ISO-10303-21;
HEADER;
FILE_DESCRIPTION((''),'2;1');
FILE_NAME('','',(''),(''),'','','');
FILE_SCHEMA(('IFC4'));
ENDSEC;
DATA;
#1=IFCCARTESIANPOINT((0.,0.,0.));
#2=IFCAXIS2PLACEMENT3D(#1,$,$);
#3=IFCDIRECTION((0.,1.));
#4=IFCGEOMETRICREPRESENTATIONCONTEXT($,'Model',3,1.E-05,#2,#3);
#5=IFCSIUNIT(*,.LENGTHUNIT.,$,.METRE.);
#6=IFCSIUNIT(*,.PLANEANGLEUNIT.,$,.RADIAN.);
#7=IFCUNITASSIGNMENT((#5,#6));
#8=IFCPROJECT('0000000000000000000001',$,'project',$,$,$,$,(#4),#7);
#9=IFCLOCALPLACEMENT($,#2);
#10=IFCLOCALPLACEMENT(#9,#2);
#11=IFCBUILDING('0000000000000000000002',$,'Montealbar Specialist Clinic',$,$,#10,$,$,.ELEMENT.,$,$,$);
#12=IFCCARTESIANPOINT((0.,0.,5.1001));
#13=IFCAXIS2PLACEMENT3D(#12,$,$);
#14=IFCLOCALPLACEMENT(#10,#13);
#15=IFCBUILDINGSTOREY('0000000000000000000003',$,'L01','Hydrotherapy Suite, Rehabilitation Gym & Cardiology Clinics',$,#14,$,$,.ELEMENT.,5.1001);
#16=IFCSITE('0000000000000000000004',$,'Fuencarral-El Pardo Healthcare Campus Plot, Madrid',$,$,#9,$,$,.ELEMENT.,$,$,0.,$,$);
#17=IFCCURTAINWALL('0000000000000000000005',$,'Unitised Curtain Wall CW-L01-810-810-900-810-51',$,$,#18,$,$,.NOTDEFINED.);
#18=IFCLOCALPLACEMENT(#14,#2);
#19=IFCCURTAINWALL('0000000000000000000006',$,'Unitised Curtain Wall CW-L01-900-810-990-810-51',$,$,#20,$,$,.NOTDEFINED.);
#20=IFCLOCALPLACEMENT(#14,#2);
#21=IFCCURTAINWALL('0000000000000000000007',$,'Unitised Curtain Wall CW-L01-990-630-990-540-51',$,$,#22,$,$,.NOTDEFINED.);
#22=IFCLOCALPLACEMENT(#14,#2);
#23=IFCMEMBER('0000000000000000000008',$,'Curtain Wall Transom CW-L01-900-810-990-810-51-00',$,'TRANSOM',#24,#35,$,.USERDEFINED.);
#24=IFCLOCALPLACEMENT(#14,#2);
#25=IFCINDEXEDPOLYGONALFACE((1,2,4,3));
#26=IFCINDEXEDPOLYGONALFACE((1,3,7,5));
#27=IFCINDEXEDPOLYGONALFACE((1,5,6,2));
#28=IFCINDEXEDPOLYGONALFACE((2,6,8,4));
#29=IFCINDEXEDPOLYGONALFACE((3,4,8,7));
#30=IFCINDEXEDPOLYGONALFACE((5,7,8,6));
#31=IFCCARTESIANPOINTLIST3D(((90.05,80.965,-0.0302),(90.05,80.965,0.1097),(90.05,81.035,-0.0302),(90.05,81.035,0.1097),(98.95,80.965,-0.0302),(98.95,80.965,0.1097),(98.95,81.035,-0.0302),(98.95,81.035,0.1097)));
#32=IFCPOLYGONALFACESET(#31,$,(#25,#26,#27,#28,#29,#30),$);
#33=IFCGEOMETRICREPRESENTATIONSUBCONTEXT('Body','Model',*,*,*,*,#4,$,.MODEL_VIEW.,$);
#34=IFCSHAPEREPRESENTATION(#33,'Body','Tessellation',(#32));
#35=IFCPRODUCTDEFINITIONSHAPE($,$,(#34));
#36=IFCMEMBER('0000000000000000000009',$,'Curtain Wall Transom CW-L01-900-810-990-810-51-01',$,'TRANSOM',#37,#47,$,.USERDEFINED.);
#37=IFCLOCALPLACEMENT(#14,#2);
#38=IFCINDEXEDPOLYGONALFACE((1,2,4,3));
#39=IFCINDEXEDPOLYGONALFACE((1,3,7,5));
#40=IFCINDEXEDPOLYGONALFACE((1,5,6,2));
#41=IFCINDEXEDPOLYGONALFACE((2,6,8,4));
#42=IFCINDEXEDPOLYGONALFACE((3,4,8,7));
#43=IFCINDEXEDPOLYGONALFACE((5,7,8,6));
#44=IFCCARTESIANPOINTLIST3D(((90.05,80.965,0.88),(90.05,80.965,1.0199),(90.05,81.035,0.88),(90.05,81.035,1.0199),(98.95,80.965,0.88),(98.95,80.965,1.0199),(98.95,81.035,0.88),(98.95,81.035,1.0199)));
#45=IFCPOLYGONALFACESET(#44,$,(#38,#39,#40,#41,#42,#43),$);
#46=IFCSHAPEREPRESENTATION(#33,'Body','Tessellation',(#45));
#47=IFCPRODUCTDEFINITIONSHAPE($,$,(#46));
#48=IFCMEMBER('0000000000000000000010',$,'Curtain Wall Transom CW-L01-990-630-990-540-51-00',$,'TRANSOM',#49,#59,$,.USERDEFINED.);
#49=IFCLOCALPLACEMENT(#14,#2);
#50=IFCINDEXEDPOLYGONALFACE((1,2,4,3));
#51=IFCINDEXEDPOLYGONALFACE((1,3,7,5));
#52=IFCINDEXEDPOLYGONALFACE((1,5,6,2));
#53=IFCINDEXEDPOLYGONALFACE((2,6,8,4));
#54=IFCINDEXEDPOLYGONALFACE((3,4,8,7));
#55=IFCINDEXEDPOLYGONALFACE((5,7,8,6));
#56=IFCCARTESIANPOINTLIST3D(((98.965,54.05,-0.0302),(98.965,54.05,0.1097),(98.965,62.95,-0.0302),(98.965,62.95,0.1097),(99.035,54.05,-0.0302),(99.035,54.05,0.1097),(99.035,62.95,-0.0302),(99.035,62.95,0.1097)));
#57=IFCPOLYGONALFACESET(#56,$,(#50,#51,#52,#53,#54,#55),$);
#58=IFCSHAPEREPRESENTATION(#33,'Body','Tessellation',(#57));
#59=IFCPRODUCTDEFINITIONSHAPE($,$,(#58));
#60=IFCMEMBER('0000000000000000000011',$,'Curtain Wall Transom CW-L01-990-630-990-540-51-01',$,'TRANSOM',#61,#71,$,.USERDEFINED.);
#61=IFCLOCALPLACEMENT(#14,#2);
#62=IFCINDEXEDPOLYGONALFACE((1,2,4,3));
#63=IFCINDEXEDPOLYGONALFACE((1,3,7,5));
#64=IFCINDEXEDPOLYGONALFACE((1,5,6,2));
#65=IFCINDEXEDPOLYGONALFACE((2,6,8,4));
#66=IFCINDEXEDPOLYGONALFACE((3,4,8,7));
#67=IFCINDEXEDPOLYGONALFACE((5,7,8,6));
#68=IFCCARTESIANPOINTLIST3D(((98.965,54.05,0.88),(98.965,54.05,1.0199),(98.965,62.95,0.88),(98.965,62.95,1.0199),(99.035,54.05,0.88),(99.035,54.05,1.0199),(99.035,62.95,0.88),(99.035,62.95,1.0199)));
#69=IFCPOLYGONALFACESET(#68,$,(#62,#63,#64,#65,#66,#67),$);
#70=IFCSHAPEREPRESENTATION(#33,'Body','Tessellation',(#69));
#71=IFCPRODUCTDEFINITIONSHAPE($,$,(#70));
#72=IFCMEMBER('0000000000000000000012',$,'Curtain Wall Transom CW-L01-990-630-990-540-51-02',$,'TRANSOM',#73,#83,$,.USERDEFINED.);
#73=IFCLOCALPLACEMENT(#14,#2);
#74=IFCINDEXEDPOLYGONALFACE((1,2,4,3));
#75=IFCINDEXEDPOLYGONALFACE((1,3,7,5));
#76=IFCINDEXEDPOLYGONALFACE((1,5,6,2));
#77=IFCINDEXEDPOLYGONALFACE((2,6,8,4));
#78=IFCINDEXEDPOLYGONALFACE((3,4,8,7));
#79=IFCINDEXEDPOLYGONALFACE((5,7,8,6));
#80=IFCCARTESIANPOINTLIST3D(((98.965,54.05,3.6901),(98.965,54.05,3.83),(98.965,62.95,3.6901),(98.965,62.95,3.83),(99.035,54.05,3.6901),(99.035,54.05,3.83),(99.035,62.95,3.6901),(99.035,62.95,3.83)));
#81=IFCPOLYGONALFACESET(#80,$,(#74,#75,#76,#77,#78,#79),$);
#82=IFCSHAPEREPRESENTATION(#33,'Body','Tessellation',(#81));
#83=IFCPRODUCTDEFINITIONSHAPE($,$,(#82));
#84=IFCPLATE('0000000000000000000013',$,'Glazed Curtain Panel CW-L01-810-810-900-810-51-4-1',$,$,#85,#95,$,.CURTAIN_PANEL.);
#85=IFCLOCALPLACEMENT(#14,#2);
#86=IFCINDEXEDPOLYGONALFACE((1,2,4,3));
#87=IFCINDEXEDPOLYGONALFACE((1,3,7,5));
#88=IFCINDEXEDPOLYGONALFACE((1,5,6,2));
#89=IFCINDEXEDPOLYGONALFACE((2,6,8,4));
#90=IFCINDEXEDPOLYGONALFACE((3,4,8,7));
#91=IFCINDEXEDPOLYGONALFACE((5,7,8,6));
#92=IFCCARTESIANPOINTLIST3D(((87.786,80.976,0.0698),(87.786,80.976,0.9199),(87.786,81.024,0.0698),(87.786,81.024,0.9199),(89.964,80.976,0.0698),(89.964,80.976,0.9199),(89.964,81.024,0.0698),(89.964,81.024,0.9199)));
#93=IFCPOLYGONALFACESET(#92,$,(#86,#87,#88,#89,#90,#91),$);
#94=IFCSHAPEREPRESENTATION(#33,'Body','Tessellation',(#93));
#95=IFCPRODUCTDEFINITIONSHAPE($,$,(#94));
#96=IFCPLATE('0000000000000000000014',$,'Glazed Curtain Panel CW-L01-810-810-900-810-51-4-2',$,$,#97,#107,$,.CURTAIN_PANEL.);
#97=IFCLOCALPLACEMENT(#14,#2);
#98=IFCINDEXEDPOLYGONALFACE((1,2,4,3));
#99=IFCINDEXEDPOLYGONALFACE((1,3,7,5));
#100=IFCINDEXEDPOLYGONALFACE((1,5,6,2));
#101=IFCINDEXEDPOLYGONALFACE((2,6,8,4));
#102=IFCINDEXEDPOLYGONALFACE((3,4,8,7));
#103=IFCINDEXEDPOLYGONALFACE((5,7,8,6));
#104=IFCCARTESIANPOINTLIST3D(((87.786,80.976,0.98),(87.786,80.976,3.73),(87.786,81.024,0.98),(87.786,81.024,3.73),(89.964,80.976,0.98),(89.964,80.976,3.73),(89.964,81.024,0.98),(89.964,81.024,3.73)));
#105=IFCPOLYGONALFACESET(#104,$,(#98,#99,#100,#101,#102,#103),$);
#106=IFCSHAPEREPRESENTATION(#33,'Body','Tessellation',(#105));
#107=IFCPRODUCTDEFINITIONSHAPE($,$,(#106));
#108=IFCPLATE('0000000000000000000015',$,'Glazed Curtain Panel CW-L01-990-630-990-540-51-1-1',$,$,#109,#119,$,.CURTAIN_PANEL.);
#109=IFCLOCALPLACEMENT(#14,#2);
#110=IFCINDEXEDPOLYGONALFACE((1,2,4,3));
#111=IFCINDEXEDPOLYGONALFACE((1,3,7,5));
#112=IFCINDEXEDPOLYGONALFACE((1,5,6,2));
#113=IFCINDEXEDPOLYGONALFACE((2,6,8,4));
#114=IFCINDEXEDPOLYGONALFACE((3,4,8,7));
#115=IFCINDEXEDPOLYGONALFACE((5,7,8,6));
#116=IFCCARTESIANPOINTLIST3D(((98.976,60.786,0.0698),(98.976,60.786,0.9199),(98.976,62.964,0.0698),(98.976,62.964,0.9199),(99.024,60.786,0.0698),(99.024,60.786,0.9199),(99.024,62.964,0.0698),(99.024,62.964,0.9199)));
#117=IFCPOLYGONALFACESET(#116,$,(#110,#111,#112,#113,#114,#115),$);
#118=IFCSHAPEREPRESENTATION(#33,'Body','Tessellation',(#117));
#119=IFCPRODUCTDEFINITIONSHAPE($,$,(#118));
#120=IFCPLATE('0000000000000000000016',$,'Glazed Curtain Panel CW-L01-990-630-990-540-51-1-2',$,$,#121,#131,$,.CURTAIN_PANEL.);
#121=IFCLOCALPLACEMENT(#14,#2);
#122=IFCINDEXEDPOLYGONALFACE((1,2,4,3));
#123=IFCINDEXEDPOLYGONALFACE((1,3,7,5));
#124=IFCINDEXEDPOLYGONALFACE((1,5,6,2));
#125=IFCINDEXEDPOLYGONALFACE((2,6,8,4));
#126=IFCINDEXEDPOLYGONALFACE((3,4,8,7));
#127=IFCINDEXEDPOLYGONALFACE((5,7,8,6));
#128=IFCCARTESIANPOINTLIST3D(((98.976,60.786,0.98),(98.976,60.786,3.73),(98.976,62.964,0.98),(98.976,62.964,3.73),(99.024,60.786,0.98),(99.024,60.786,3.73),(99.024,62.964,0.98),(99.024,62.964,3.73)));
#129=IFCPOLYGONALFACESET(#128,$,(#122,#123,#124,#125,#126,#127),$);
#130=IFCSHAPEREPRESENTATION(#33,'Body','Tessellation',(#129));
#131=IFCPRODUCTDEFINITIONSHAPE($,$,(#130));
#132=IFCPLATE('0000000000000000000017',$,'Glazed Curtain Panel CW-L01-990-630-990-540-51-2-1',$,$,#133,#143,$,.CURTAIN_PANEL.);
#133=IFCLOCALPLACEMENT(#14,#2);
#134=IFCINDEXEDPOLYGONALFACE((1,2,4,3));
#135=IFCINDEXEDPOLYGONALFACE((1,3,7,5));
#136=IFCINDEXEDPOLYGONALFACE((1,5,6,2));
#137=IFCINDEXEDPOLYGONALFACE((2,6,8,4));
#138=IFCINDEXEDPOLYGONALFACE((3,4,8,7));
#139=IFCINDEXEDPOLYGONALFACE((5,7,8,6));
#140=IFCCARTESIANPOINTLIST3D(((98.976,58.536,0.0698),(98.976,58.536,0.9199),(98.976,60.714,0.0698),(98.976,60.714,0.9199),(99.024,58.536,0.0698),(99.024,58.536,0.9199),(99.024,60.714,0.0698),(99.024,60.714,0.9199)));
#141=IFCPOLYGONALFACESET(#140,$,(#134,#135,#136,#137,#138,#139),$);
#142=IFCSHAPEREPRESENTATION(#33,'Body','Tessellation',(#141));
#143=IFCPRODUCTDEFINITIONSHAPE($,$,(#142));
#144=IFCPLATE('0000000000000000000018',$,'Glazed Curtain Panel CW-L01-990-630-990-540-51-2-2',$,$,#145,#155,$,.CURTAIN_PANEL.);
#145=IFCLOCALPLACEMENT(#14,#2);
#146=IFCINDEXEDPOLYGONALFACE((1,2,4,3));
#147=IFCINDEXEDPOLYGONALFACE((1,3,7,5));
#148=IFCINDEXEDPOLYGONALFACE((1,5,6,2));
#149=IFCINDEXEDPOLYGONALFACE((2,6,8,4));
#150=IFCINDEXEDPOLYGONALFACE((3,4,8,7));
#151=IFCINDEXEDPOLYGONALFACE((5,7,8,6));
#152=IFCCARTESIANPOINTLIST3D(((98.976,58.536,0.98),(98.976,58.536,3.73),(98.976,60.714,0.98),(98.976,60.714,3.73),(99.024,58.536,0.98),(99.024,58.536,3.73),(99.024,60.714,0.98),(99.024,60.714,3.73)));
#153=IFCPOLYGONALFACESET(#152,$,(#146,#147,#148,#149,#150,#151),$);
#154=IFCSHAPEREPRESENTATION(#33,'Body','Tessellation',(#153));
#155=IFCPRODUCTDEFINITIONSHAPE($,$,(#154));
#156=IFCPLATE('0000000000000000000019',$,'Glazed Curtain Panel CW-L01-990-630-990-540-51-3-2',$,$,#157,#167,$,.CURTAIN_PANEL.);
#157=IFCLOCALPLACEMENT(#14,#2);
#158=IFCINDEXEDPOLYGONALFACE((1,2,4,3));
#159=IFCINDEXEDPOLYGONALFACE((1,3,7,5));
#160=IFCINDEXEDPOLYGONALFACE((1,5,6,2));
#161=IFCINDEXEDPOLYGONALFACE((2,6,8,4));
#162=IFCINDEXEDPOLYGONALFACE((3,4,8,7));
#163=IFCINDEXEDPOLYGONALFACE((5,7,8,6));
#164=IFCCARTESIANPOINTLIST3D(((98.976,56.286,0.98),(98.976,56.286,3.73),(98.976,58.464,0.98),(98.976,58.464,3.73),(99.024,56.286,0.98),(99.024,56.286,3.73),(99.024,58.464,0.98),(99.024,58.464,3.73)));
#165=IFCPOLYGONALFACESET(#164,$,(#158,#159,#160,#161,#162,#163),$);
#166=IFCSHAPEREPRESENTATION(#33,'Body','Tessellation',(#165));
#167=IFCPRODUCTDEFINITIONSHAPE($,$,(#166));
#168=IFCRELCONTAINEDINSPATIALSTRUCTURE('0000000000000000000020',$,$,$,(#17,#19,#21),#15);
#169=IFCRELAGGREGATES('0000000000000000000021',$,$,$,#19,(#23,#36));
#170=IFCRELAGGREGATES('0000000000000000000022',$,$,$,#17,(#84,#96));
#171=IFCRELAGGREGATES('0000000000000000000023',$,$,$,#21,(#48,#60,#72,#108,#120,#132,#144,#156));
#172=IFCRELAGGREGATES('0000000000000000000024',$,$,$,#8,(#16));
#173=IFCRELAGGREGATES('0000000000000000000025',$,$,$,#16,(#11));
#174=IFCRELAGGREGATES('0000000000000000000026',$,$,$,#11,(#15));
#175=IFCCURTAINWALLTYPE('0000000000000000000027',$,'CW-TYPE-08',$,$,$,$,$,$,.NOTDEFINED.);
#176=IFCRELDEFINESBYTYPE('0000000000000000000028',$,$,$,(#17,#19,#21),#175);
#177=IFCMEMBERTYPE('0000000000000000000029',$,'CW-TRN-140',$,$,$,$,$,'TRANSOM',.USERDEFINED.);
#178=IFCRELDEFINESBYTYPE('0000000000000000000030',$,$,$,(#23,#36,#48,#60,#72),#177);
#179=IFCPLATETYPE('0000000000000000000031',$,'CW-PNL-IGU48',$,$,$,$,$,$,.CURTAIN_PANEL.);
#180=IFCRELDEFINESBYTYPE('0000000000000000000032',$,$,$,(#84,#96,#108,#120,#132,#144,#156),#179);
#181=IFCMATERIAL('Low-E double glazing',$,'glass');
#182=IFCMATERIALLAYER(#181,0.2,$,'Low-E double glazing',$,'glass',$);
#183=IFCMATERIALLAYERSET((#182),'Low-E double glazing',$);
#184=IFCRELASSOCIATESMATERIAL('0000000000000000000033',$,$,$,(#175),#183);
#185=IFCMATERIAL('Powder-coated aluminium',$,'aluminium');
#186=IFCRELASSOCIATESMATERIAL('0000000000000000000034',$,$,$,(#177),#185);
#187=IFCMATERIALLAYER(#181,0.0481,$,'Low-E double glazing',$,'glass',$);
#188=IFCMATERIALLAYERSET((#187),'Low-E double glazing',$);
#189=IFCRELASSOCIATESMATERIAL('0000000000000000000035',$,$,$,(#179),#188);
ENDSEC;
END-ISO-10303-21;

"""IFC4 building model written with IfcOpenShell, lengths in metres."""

from ifc_helpers import new_model, si_unit, direction, frame, origin, origin_2d, place, context, subcontext, project, spatial, rectangle, extrude, material, layer, layer_set, material_profile, profile_set, type_object, element, aggregate, save


model = new_model("IFC4")

# Units and contexts
model_context = context("Model", 3, precision=1e-05, world=origin(), true_north=direction((0.0, 1.0)))
body_context = subcontext(model_context, "Body", "Model", "MODEL_VIEW")
ifc_project = project(units=[si_unit("LENGTHUNIT", "METRE"), si_unit("PLANEANGLEUNIT", "RADIAN")], contexts=[model_context])

# Site, building, storey
site_placement = place(None, origin())
site = spatial("IfcSite", under=ifc_project, at=site_placement, Name="Fuencarral-El Pardo Healthcare Campus Plot, Madrid", CompositionType="ELEMENT", RefElevation=0.0)
building_placement = place(site_placement, origin())
building = spatial("IfcBuilding", under=site, at=building_placement, Name="Montealbar Specialist Clinic", CompositionType="ELEMENT")
storey_placement = place(building_placement, frame((0.0, 0.0, 5.1001)))
storey = spatial("IfcBuildingStorey", under=building, at=storey_placement, Name="L01", Description="Hydrotherapy Suite, Rehabilitation Gym & Cardiology Clinics", CompositionType="ELEMENT", Elevation=5.1001)

# Curtain wall
ifc_material_1 = material(Name="Low-E double glazing", Category="glass")
ifc_layer_1 = layer(ifc_material_1, 0.2, Name="Low-E double glazing", Category="glass")
ifc_layer_set_1 = layer_set([ifc_layer_1], Name="Low-E double glazing")
curtain_wall_type = type_object("IfcCurtainWallType", Name="CW-TYPE-08", PredefinedType="NOTDEFINED", material=ifc_layer_set_1)
curtain_wall_1_placement = place(storey_placement, origin())
curtain_wall_1 = element("IfcCurtainWall", 1, at=curtain_wall_1_placement, inside=storey, type_object=curtain_wall_type, Name="Unitised Curtain Wall CW-L01-810-810-900-810-51", PredefinedType="NOTDEFINED")

# Curtain wall
curtain_wall_2_placement = place(storey_placement, origin())
curtain_wall_2 = element("IfcCurtainWall", 2, at=curtain_wall_2_placement, inside=storey, type_object=curtain_wall_type, Name="Unitised Curtain Wall CW-L01-900-810-990-810-51", PredefinedType="NOTDEFINED")

# Curtain wall
curtain_wall_3_placement = place(storey_placement, origin())
curtain_wall_3 = element("IfcCurtainWall", 3, at=curtain_wall_3_placement, inside=storey, type_object=curtain_wall_type, Name="Unitised Curtain Wall CW-L01-990-630-990-540-51", PredefinedType="NOTDEFINED")

# Members
ifc_material_2 = material(Name="Powder-coated aluminium", Category="aluminium")
ifc_material_profile_1 = material_profile(ifc_material_2, rectangle(XDim=0.0701, YDim=0.1399, at=origin_2d()), Name="ALU 70x140", Category="aluminium")
ifc_profile_set_1 = profile_set([ifc_material_profile_1], Name="Powder-coated aluminium")
member_type_1 = type_object("IfcMemberType", Name="CW-TRN-140", ElementType="TRANSOM", PredefinedType="USERDEFINED", material=ifc_profile_set_1)
member_1_placement = place(storey_placement, frame((90.05, 81.0, 0.0398), z_axis=(1.0, 0.0, 0.0), x_axis=(0.0, 1.0, 0.0)))
member_1 = element("IfcMember", 4, at=member_1_placement, type_object=member_type_1, Name="Curtain Wall Transom CW-L01-900-810-990-810-51-00", ObjectType="TRANSOM", PredefinedType="USERDEFINED", context=body_context, shape_type="SweptSolid", body=[
    extrude(rectangle(XDim=0.0701, YDim=0.1399, at=origin_2d()), origin(), (0.0, 0.0, 1.0), 8.8999),
])
member_2_placement = place(storey_placement, frame((90.05, 81.0, 0.95), z_axis=(1.0, 0.0, 0.0), x_axis=(0.0, 1.0, 0.0)))
member_2 = element("IfcMember", 5, at=member_2_placement, type_object=member_type_1, Name="Curtain Wall Transom CW-L01-900-810-990-810-51-01", ObjectType="TRANSOM", PredefinedType="USERDEFINED", context=body_context, shape_type="SweptSolid", body=[
    extrude(rectangle(XDim=0.0701, YDim=0.1399, at=origin_2d()), origin(), (0.0, 0.0, 1.0), 8.8999),
])
aggregate(curtain_wall_2, [member_1, member_2])
member_3_placement = place(storey_placement, frame((99.0, 62.95, 0.0398), z_axis=(0.0, -1.0, 0.0), x_axis=(1.0, 0.0, 0.0)))
member_3 = element("IfcMember", 6, at=member_3_placement, type_object=member_type_1, Name="Curtain Wall Transom CW-L01-990-630-990-540-51-00", ObjectType="TRANSOM", PredefinedType="USERDEFINED", context=body_context, shape_type="SweptSolid", body=[
    extrude(rectangle(XDim=0.0701, YDim=0.1399, at=origin_2d()), origin(), (0.0, 0.0, 1.0), 8.8999),
])
member_4_placement = place(storey_placement, frame((99.0, 62.95, 0.95), z_axis=(0.0, -1.0, 0.0), x_axis=(1.0, 0.0, 0.0)))
member_4 = element("IfcMember", 7, at=member_4_placement, type_object=member_type_1, Name="Curtain Wall Transom CW-L01-990-630-990-540-51-01", ObjectType="TRANSOM", PredefinedType="USERDEFINED", context=body_context, shape_type="SweptSolid", body=[
    extrude(rectangle(XDim=0.0701, YDim=0.1399, at=origin_2d()), origin(), (0.0, 0.0, 1.0), 8.8999),
])
member_5_placement = place(storey_placement, frame((99.0, 62.95, 3.76), z_axis=(0.0, -1.0, 0.0), x_axis=(1.0, 0.0, 0.0)))
member_5 = element("IfcMember", 8, at=member_5_placement, type_object=member_type_1, Name="Curtain Wall Transom CW-L01-990-630-990-540-51-02", ObjectType="TRANSOM", PredefinedType="USERDEFINED", context=body_context, shape_type="SweptSolid", body=[
    extrude(rectangle(XDim=0.0701, YDim=0.1399, at=origin_2d()), origin(), (0.0, 0.0, 1.0), 8.8999),
])

# Plates
ifc_layer_2 = layer(ifc_material_1, 0.0481, Name="Low-E double glazing", Category="glass")
ifc_layer_set_2 = layer_set([ifc_layer_2], Name="Low-E double glazing")
plate_type = type_object("IfcPlateType", Name="CW-PNL-IGU48", PredefinedType="CURTAIN_PANEL", material=ifc_layer_set_2)
plate_1_placement = place(storey_placement, frame((88.875, 81.0, 0.0698), z_axis=(0.0, 0.0, 1.0), x_axis=(1.0, 0.0, 0.0)))
plate_1 = element("IfcPlate", 9, at=plate_1_placement, type_object=plate_type, Name="Glazed Curtain Panel CW-L01-810-810-900-810-51-4-1", PredefinedType="CURTAIN_PANEL", context=body_context, shape_type="SweptSolid", body=[
    extrude(rectangle(XDim=2.178, YDim=0.0481, at=origin_2d()), origin(), (0.0, 0.0, 1.0), 0.8501),
])
plate_2_placement = place(storey_placement, frame((88.875, 81.0, 0.98), z_axis=(0.0, 0.0, 1.0), x_axis=(1.0, 0.0, 0.0)))
plate_2 = element("IfcPlate", 10, at=plate_2_placement, type_object=plate_type, Name="Glazed Curtain Panel CW-L01-810-810-900-810-51-4-2", PredefinedType="CURTAIN_PANEL", context=body_context, shape_type="SweptSolid", body=[
    extrude(rectangle(XDim=2.178, YDim=0.0481, at=origin_2d()), origin(), (0.0, 0.0, 1.0), 2.75),
])
aggregate(curtain_wall_1, [plate_1, plate_2])
plate_3_placement = place(storey_placement, frame((99.0, 61.875, 0.0698), z_axis=(0.0, 0.0, 1.0), x_axis=(0.0, -1.0, 0.0)))
plate_3 = element("IfcPlate", 11, at=plate_3_placement, type_object=plate_type, Name="Glazed Curtain Panel CW-L01-990-630-990-540-51-1-1", PredefinedType="CURTAIN_PANEL", context=body_context, shape_type="SweptSolid", body=[
    extrude(rectangle(XDim=2.178, YDim=0.0481, at=origin_2d()), origin(), (0.0, 0.0, 1.0), 0.8501),
])
plate_4_placement = place(storey_placement, frame((99.0, 61.875, 0.98), z_axis=(0.0, 0.0, 1.0), x_axis=(0.0, -1.0, 0.0)))
plate_4 = element("IfcPlate", 12, at=plate_4_placement, type_object=plate_type, Name="Glazed Curtain Panel CW-L01-990-630-990-540-51-1-2", PredefinedType="CURTAIN_PANEL", context=body_context, shape_type="SweptSolid", body=[
    extrude(rectangle(XDim=2.178, YDim=0.0481, at=origin_2d()), origin(), (0.0, 0.0, 1.0), 2.75),
])
plate_5_placement = place(storey_placement, frame((99.0, 59.625, 0.0698), z_axis=(0.0, 0.0, 1.0), x_axis=(0.0, -1.0, 0.0)))
plate_5 = element("IfcPlate", 13, at=plate_5_placement, type_object=plate_type, Name="Glazed Curtain Panel CW-L01-990-630-990-540-51-2-1", PredefinedType="CURTAIN_PANEL", context=body_context, shape_type="SweptSolid", body=[
    extrude(rectangle(XDim=2.178, YDim=0.0481, at=origin_2d()), origin(), (0.0, 0.0, 1.0), 0.8501),
])
plate_6_placement = place(storey_placement, frame((99.0, 59.625, 0.98), z_axis=(0.0, 0.0, 1.0), x_axis=(0.0, -1.0, 0.0)))
plate_6 = element("IfcPlate", 14, at=plate_6_placement, type_object=plate_type, Name="Glazed Curtain Panel CW-L01-990-630-990-540-51-2-2", PredefinedType="CURTAIN_PANEL", context=body_context, shape_type="SweptSolid", body=[
    extrude(rectangle(XDim=2.178, YDim=0.0481, at=origin_2d()), origin(), (0.0, 0.0, 1.0), 2.75),
])
plate_7_placement = place(storey_placement, frame((99.0, 57.375, 0.98), z_axis=(0.0, 0.0, 1.0), x_axis=(0.0, -1.0, 0.0)))
plate_7 = element("IfcPlate", 15, at=plate_7_placement, type_object=plate_type, Name="Glazed Curtain Panel CW-L01-990-630-990-540-51-3-2", PredefinedType="CURTAIN_PANEL", context=body_context, shape_type="SweptSolid", body=[
    extrude(rectangle(XDim=2.178, YDim=0.0481, at=origin_2d()), origin(), (0.0, 0.0, 1.0), 2.75),
])
aggregate(curtain_wall_3, [member_3, member_4, member_5, plate_3, plate_4, plate_5, plate_6, plate_7])

save(model, "model.ifc")
